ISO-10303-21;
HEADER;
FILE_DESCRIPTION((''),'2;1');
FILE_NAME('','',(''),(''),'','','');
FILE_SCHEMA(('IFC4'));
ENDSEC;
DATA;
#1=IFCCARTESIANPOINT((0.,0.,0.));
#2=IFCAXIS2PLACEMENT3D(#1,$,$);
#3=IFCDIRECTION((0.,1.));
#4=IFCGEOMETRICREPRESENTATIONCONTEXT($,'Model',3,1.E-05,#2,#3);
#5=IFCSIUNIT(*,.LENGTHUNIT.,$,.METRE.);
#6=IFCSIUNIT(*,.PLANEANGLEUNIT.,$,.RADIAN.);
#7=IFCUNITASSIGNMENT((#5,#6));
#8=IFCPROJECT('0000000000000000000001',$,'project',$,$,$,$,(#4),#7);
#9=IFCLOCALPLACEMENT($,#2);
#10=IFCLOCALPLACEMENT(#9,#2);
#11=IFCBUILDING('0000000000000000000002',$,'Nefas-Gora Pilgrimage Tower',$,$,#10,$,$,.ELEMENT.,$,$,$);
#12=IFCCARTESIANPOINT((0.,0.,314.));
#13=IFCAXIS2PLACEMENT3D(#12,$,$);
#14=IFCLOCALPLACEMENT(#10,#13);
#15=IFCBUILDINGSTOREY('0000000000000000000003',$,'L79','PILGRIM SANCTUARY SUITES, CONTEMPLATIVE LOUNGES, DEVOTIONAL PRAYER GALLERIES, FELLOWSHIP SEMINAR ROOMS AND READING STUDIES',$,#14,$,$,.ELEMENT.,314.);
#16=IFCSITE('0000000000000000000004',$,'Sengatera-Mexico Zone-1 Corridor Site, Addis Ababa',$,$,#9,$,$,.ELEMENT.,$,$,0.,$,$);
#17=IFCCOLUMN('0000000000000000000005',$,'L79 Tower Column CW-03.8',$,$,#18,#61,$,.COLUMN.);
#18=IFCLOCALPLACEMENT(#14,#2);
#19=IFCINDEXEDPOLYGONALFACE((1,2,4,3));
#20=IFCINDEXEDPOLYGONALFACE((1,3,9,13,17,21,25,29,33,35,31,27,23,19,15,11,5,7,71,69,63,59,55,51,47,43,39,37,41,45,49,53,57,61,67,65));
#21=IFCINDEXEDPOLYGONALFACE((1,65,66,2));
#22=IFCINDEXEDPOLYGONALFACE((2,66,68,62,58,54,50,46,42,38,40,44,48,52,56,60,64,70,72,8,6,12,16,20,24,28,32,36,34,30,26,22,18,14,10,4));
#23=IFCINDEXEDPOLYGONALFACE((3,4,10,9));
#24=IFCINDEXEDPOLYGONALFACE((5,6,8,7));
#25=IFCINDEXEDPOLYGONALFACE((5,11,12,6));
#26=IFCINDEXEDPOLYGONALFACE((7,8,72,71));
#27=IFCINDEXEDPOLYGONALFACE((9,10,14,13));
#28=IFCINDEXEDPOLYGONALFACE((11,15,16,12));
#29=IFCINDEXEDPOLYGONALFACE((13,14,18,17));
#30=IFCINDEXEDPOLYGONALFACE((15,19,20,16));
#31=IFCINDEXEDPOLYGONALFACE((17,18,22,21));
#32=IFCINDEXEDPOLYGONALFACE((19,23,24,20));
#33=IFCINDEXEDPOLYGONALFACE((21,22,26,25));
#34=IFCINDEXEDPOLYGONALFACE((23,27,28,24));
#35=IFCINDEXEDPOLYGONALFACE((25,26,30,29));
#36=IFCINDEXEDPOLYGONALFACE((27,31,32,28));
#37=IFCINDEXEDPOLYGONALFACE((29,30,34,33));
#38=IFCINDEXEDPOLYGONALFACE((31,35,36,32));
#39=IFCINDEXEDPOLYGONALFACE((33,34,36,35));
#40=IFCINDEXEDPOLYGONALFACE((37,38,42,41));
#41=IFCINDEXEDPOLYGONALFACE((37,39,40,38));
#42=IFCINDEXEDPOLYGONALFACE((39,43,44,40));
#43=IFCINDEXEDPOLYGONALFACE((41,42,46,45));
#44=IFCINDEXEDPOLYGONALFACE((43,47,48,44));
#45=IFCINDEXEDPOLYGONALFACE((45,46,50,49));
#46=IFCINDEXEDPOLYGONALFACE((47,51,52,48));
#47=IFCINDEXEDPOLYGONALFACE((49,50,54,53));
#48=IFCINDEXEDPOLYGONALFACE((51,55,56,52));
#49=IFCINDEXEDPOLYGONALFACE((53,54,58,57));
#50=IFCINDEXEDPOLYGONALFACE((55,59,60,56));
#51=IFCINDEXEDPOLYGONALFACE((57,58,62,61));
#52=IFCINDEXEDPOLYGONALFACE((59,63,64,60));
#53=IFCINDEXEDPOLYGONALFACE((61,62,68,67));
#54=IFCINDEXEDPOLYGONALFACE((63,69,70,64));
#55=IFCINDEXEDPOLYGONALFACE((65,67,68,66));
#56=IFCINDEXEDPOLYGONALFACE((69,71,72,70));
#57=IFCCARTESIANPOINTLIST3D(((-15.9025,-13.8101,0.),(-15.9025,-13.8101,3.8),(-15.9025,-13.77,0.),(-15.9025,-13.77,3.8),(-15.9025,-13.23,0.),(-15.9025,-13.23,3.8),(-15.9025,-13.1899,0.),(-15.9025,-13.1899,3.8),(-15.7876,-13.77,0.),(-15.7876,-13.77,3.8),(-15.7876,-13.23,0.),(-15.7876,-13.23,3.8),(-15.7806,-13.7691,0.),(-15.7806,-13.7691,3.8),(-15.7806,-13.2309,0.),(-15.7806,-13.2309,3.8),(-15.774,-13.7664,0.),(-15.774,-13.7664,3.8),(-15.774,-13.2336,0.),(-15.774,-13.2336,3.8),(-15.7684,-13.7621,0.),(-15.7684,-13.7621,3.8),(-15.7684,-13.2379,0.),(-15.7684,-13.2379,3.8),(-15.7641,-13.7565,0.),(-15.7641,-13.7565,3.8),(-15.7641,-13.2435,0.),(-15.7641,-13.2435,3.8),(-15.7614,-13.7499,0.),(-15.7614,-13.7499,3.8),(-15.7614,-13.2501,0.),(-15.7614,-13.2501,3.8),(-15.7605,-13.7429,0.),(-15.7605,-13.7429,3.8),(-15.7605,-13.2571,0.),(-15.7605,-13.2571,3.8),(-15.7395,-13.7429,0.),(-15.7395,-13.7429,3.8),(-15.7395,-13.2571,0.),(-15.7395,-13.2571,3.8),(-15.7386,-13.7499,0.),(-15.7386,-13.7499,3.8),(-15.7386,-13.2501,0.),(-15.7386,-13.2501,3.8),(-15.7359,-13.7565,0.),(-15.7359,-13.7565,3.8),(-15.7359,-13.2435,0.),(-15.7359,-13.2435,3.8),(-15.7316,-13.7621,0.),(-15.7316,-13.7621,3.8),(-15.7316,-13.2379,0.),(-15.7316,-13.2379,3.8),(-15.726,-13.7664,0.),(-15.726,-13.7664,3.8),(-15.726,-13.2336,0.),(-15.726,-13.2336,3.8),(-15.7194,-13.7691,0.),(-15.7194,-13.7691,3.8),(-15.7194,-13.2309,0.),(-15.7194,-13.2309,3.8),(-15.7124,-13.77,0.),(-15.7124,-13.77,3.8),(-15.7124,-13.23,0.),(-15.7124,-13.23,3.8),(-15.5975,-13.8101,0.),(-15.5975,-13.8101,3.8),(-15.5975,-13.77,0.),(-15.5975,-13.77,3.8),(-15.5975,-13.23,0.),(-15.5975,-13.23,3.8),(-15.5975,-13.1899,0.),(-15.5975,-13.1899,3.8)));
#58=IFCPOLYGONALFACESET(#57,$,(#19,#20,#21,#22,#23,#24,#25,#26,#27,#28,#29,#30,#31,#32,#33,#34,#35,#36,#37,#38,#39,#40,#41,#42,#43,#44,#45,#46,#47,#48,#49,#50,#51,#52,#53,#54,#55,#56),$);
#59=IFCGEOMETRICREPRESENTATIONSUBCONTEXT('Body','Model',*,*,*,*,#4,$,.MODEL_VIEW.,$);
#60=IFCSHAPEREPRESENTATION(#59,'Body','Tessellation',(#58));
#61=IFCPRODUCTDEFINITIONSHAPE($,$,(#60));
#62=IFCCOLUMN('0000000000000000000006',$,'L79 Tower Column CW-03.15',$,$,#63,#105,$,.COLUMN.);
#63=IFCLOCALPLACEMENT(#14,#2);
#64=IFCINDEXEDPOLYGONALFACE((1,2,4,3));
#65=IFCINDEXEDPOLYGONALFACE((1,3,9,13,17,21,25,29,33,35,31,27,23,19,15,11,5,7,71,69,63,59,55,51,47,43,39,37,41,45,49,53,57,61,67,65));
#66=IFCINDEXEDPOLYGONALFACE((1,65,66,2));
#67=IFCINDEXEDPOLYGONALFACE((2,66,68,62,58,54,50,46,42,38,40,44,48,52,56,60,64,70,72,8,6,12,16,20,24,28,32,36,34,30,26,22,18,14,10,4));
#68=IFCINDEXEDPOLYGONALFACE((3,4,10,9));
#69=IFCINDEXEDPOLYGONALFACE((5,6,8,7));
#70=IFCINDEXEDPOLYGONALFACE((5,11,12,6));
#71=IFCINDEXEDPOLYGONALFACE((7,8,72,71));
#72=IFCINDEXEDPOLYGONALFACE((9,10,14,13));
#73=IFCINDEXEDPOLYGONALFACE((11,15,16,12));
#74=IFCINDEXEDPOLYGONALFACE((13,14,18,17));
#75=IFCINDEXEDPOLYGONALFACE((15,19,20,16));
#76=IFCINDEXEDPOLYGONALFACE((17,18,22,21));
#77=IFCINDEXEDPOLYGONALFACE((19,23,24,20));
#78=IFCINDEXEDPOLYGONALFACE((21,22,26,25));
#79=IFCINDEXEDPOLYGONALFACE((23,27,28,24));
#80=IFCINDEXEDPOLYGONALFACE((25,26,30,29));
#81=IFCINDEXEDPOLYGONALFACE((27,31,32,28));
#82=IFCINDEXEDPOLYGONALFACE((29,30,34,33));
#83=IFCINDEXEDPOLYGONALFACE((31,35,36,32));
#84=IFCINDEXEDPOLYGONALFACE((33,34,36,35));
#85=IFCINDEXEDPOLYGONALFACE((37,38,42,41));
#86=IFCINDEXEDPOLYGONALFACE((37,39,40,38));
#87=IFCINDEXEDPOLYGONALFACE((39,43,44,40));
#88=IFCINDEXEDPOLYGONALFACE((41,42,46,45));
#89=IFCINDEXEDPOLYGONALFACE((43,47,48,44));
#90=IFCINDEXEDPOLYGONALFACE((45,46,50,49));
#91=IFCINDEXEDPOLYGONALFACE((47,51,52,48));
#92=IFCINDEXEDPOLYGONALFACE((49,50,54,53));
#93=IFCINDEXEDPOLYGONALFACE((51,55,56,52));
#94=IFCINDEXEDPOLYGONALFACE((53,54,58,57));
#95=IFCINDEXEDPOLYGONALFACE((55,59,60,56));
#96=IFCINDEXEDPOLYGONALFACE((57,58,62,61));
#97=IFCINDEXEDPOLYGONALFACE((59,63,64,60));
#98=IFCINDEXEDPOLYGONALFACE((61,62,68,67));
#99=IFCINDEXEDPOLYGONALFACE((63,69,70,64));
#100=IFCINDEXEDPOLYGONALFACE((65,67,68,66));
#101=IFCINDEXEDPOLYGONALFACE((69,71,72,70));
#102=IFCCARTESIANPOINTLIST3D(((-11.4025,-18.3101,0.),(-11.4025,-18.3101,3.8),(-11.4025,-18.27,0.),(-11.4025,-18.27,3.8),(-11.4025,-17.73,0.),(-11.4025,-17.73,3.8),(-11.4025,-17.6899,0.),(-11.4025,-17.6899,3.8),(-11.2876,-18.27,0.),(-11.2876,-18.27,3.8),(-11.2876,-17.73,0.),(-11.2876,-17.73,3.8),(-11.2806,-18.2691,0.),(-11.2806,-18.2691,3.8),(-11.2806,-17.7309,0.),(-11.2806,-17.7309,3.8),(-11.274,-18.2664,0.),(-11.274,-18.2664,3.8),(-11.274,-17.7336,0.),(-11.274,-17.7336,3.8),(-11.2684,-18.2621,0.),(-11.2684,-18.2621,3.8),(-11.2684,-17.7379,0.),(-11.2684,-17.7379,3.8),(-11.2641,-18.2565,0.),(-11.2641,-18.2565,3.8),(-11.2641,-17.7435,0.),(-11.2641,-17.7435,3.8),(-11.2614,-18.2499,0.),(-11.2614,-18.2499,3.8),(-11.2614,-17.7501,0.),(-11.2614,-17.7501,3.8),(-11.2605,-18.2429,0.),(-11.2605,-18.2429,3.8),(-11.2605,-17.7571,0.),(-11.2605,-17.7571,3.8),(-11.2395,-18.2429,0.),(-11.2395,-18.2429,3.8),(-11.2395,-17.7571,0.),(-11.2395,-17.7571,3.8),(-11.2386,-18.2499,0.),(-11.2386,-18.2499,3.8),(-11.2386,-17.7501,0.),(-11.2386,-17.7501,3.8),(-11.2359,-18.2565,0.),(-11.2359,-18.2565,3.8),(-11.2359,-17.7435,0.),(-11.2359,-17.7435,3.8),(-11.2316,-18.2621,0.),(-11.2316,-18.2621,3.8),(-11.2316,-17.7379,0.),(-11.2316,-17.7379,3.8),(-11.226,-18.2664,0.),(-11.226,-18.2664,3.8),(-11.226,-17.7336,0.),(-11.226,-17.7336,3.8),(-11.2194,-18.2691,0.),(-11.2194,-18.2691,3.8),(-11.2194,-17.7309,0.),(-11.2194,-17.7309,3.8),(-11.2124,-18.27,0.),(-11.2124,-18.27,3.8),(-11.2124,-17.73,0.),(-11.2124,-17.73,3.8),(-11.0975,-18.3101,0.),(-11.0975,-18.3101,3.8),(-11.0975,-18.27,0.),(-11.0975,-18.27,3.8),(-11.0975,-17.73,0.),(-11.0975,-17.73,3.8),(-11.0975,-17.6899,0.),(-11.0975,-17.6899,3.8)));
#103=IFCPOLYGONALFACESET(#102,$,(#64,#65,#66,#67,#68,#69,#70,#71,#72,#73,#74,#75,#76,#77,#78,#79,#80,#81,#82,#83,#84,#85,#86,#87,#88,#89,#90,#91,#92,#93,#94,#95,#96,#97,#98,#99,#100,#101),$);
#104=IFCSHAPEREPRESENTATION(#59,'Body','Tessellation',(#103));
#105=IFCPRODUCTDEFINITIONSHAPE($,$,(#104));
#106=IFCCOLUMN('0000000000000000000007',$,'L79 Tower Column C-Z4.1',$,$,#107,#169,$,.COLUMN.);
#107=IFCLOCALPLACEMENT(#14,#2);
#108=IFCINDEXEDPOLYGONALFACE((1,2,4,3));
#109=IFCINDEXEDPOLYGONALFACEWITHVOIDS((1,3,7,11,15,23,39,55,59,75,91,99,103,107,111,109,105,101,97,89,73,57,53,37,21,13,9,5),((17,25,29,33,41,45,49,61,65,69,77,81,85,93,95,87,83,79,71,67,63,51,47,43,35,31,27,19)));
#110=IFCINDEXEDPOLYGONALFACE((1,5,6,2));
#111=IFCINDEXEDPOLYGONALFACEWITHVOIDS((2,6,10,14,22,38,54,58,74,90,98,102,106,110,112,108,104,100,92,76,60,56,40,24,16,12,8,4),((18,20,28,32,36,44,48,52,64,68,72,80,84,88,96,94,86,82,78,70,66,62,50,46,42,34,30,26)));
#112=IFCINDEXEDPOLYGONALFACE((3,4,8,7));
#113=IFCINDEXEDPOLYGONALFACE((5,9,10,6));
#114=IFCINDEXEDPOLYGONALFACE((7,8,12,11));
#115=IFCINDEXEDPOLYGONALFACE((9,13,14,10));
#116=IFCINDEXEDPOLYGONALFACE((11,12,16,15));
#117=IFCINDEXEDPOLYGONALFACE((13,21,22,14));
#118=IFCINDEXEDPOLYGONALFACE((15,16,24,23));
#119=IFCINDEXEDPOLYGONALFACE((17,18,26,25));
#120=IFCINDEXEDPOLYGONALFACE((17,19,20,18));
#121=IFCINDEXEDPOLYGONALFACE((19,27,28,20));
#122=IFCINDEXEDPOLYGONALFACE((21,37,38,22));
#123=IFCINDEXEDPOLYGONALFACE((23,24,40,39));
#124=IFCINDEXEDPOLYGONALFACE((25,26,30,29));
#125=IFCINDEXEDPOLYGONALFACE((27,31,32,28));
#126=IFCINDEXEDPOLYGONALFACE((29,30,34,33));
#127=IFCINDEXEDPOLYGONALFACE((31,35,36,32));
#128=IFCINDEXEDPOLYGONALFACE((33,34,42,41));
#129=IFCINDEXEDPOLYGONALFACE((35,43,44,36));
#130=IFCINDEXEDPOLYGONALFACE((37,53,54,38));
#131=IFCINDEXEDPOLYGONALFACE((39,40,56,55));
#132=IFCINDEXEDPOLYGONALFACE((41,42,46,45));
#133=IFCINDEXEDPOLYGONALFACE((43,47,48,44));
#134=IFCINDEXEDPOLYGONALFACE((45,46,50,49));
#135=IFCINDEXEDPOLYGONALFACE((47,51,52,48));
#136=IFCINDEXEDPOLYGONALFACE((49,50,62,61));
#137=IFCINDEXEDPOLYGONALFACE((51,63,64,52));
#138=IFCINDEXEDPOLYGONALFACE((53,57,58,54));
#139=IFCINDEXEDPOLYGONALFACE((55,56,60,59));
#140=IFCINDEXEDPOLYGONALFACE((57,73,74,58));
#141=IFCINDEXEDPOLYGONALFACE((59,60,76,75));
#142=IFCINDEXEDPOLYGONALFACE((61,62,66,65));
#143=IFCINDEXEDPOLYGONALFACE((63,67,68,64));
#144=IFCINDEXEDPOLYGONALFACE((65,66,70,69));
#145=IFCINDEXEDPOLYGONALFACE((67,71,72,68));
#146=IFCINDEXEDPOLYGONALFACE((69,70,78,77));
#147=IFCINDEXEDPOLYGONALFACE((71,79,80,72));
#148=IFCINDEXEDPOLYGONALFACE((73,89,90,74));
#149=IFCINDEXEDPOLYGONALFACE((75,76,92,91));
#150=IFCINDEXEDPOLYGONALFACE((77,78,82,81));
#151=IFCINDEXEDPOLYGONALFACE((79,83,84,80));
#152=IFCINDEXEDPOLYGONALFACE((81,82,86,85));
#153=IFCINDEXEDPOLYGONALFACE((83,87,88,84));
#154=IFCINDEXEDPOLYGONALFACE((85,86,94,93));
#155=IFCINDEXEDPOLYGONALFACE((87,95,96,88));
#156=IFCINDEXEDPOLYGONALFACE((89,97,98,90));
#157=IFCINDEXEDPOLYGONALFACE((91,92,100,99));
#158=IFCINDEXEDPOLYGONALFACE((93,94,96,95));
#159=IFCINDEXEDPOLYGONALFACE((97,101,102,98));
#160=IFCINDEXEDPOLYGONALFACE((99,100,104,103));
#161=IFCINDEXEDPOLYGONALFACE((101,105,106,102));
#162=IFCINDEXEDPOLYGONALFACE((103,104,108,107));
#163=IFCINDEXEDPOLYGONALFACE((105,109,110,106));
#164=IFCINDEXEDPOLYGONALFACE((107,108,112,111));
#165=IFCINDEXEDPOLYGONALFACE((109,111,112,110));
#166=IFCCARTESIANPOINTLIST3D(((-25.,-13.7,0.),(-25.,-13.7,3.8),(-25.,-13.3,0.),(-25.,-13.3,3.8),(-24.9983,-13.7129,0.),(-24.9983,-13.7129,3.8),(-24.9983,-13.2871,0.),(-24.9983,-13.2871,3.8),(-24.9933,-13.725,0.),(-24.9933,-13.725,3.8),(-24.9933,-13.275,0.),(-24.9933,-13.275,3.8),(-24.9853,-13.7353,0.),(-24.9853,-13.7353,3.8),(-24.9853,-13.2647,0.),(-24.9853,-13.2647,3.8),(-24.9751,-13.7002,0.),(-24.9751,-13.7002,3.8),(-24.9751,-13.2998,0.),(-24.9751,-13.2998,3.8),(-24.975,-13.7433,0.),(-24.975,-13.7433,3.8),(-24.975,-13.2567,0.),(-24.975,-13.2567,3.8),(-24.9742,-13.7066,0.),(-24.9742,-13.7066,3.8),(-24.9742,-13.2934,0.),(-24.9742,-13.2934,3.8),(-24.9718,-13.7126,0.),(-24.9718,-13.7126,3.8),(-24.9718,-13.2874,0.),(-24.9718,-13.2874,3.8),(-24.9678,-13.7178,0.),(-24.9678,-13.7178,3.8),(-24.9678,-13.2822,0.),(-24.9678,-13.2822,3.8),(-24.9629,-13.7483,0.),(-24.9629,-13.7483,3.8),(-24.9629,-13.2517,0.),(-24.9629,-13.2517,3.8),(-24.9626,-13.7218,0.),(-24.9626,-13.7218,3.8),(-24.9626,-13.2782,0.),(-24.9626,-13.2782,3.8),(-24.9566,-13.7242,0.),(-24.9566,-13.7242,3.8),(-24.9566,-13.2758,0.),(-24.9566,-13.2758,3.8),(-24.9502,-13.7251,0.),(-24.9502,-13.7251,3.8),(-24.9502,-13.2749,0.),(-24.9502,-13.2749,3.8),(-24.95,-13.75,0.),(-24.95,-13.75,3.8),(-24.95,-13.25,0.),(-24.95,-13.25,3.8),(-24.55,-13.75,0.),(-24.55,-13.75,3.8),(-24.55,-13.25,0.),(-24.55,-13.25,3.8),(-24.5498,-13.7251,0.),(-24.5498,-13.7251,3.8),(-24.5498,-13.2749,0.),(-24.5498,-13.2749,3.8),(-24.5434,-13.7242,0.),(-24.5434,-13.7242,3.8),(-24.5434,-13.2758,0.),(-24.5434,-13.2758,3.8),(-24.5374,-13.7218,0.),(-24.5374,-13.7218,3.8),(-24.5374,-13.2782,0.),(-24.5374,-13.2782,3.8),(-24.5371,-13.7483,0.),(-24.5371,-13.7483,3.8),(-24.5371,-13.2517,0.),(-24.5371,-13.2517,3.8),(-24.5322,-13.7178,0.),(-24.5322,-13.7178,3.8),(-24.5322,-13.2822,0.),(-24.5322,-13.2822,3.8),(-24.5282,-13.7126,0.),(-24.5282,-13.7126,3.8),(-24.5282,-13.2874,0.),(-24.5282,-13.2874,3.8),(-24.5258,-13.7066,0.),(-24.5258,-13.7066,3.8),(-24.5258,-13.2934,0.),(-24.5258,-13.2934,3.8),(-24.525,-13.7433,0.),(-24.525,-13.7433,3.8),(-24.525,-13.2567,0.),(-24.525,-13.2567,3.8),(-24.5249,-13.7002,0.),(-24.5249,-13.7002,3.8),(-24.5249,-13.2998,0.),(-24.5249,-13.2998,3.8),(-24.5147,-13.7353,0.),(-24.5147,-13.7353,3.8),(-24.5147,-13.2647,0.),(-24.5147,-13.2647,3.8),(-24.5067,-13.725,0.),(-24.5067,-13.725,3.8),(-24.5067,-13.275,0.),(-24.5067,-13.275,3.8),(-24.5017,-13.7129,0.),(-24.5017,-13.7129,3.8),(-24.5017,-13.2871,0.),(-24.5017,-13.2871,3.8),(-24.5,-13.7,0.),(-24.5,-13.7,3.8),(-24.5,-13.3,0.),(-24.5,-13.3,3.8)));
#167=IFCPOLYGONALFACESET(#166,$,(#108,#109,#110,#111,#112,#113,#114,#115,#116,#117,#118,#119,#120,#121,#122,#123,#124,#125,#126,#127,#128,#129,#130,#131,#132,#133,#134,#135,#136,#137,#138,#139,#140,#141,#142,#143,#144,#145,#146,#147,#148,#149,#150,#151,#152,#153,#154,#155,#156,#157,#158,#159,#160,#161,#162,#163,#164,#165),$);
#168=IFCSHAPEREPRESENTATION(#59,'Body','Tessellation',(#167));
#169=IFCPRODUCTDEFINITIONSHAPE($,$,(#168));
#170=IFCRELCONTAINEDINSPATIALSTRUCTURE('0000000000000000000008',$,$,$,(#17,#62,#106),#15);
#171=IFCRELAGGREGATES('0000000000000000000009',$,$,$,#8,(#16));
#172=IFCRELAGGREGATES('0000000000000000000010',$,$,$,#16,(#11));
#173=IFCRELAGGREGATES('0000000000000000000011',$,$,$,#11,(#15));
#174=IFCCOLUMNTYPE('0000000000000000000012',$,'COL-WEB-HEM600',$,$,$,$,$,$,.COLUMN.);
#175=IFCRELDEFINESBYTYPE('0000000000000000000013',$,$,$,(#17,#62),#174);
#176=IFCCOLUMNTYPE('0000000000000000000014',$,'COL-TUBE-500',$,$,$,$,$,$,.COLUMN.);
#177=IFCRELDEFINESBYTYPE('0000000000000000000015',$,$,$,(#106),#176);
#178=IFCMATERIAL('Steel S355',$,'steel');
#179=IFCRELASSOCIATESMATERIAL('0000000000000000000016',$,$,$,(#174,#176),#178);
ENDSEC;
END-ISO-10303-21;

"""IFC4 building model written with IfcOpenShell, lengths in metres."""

from ifc_helpers import new_model, si_unit, direction, frame, origin, origin_2d, place, context, subcontext, project, spatial, hollow_rectangle, i_section, extrude, source, transform, mapped, material, material_profile, profile_set, type_object, element, save


model = new_model("IFC4")

# Units and contexts
model_context = context("Model", 3, precision=1e-05, world=origin(), true_north=direction((0.0, 1.0)))
body_context = subcontext(model_context, "Body", "Model", "MODEL_VIEW")
ifc_project = project(units=[si_unit("LENGTHUNIT", "METRE"), si_unit("PLANEANGLEUNIT", "RADIAN")], contexts=[model_context])

# Site, building, storey
site_placement = place(None, origin())
site = spatial("IfcSite", under=ifc_project, at=site_placement, Name="Sengatera-Mexico Zone-1 Corridor Site, Addis Ababa", CompositionType="ELEMENT", RefElevation=0.0)
building_placement = place(site_placement, origin())
building = spatial("IfcBuilding", under=site, at=building_placement, Name="Nefas-Gora Pilgrimage Tower", CompositionType="ELEMENT")
storey_placement = place(building_placement, frame((0.0, 0.0, 314.0)))
storey = spatial("IfcBuildingStorey", under=building, at=storey_placement, Name="L79", Description="PILGRIM SANCTUARY SUITES, CONTEMPLATIVE LOUNGES, DEVOTIONAL PRAYER GALLERIES, FELLOWSHIP SEMINAR ROOMS AND READING STUDIES", CompositionType="ELEMENT", Elevation=314.0)

# Columns
ifc_material_1 = material(Name="Steel S355", Category="steel")
ifc_material_profile_1 = material_profile(ifc_material_1, i_section(OverallWidth=0.3049, OverallDepth=0.6201, WebThickness=0.021, FlangeThickness=0.04, FilletRadius=0.0271, at=origin_2d()), Name="HEM 600")
ifc_profile_set_1 = profile_set([ifc_material_profile_1], Name="Steel S355")
column_type_1 = type_object("IfcColumnType", Name="COL-WEB-HEM600", PredefinedType="COLUMN", material=ifc_profile_set_1)
shared_shape_1 = source(origin(), body_context, "Body", "SweptSolid", [
    extrude(i_section(OverallWidth=0.3049, OverallDepth=0.6201, WebThickness=0.021, FlangeThickness=0.04, FilletRadius=0.0271, at=origin_2d()), origin(), (0.0, 0.0, 1.0), 3.8),
])
for number, where, z_axis, x_axis, name in (
    (1, (-15.75, -13.5, 0.0), (0.0, 0.0, 1.0), (1.0, 0.0, 0.0), "L79 Tower Column CW-03.8"),
    (2, (-11.25, -18.0, 0.0), (0.0, 0.0, 1.0), (1.0, 0.0, 0.0), "L79 Tower Column CW-03.15"),
):
    element("IfcColumn", number, at=place(storey_placement, frame(where, z_axis=z_axis, x_axis=x_axis)), inside=storey, type_object=column_type_1, Name=name, PredefinedType="COLUMN", context=body_context, shape_type="MappedRepresentation", body=[
        mapped(shared_shape_1, transform((0.0, 0.0, 0.0), x_axis=(1.0, 0.0, 0.0), y_axis=(0.0, 1.0, 0.0), z_axis=(0.0, 0.0, 1.0), scale=1.0)),
    ])
ifc_material_profile_2 = material_profile(ifc_material_1, hollow_rectangle(XDim=0.5, YDim=0.5, WallThickness=0.0249, InnerFilletRadius=0.0249, OuterFilletRadius=0.05, at=origin_2d()), Name="SHS 500x500x25")
ifc_profile_set_2 = profile_set([ifc_material_profile_2], Name="Steel S355")
column_type_2 = type_object("IfcColumnType", Name="COL-TUBE-500", PredefinedType="COLUMN", material=ifc_profile_set_2)
shared_shape_2 = source(origin(), body_context, "Body", "SweptSolid", [
    extrude(hollow_rectangle(XDim=0.5, YDim=0.5, WallThickness=0.0249, InnerFilletRadius=0.0249, OuterFilletRadius=0.05, at=origin_2d()), origin(), (0.0, 0.0, 1.0), 3.8),
])
for number, where, z_axis, x_axis, name in (
    (3, (-24.75, -13.5, 0.0), (0.0, 0.0, 1.0), (1.0, 0.0, 0.0), "L79 Tower Column C-Z4.1"),
):
    element("IfcColumn", number, at=place(storey_placement, frame(where, z_axis=z_axis, x_axis=x_axis)), inside=storey, type_object=column_type_2, Name=name, PredefinedType="COLUMN", context=body_context, shape_type="MappedRepresentation", body=[
        mapped(shared_shape_2, transform((0.0, 0.0, 0.0), x_axis=(1.0, 0.0, 0.0), y_axis=(0.0, 1.0, 0.0), z_axis=(0.0, 0.0, 1.0), scale=1.0)),
    ])

save(model, "model.ifc")
